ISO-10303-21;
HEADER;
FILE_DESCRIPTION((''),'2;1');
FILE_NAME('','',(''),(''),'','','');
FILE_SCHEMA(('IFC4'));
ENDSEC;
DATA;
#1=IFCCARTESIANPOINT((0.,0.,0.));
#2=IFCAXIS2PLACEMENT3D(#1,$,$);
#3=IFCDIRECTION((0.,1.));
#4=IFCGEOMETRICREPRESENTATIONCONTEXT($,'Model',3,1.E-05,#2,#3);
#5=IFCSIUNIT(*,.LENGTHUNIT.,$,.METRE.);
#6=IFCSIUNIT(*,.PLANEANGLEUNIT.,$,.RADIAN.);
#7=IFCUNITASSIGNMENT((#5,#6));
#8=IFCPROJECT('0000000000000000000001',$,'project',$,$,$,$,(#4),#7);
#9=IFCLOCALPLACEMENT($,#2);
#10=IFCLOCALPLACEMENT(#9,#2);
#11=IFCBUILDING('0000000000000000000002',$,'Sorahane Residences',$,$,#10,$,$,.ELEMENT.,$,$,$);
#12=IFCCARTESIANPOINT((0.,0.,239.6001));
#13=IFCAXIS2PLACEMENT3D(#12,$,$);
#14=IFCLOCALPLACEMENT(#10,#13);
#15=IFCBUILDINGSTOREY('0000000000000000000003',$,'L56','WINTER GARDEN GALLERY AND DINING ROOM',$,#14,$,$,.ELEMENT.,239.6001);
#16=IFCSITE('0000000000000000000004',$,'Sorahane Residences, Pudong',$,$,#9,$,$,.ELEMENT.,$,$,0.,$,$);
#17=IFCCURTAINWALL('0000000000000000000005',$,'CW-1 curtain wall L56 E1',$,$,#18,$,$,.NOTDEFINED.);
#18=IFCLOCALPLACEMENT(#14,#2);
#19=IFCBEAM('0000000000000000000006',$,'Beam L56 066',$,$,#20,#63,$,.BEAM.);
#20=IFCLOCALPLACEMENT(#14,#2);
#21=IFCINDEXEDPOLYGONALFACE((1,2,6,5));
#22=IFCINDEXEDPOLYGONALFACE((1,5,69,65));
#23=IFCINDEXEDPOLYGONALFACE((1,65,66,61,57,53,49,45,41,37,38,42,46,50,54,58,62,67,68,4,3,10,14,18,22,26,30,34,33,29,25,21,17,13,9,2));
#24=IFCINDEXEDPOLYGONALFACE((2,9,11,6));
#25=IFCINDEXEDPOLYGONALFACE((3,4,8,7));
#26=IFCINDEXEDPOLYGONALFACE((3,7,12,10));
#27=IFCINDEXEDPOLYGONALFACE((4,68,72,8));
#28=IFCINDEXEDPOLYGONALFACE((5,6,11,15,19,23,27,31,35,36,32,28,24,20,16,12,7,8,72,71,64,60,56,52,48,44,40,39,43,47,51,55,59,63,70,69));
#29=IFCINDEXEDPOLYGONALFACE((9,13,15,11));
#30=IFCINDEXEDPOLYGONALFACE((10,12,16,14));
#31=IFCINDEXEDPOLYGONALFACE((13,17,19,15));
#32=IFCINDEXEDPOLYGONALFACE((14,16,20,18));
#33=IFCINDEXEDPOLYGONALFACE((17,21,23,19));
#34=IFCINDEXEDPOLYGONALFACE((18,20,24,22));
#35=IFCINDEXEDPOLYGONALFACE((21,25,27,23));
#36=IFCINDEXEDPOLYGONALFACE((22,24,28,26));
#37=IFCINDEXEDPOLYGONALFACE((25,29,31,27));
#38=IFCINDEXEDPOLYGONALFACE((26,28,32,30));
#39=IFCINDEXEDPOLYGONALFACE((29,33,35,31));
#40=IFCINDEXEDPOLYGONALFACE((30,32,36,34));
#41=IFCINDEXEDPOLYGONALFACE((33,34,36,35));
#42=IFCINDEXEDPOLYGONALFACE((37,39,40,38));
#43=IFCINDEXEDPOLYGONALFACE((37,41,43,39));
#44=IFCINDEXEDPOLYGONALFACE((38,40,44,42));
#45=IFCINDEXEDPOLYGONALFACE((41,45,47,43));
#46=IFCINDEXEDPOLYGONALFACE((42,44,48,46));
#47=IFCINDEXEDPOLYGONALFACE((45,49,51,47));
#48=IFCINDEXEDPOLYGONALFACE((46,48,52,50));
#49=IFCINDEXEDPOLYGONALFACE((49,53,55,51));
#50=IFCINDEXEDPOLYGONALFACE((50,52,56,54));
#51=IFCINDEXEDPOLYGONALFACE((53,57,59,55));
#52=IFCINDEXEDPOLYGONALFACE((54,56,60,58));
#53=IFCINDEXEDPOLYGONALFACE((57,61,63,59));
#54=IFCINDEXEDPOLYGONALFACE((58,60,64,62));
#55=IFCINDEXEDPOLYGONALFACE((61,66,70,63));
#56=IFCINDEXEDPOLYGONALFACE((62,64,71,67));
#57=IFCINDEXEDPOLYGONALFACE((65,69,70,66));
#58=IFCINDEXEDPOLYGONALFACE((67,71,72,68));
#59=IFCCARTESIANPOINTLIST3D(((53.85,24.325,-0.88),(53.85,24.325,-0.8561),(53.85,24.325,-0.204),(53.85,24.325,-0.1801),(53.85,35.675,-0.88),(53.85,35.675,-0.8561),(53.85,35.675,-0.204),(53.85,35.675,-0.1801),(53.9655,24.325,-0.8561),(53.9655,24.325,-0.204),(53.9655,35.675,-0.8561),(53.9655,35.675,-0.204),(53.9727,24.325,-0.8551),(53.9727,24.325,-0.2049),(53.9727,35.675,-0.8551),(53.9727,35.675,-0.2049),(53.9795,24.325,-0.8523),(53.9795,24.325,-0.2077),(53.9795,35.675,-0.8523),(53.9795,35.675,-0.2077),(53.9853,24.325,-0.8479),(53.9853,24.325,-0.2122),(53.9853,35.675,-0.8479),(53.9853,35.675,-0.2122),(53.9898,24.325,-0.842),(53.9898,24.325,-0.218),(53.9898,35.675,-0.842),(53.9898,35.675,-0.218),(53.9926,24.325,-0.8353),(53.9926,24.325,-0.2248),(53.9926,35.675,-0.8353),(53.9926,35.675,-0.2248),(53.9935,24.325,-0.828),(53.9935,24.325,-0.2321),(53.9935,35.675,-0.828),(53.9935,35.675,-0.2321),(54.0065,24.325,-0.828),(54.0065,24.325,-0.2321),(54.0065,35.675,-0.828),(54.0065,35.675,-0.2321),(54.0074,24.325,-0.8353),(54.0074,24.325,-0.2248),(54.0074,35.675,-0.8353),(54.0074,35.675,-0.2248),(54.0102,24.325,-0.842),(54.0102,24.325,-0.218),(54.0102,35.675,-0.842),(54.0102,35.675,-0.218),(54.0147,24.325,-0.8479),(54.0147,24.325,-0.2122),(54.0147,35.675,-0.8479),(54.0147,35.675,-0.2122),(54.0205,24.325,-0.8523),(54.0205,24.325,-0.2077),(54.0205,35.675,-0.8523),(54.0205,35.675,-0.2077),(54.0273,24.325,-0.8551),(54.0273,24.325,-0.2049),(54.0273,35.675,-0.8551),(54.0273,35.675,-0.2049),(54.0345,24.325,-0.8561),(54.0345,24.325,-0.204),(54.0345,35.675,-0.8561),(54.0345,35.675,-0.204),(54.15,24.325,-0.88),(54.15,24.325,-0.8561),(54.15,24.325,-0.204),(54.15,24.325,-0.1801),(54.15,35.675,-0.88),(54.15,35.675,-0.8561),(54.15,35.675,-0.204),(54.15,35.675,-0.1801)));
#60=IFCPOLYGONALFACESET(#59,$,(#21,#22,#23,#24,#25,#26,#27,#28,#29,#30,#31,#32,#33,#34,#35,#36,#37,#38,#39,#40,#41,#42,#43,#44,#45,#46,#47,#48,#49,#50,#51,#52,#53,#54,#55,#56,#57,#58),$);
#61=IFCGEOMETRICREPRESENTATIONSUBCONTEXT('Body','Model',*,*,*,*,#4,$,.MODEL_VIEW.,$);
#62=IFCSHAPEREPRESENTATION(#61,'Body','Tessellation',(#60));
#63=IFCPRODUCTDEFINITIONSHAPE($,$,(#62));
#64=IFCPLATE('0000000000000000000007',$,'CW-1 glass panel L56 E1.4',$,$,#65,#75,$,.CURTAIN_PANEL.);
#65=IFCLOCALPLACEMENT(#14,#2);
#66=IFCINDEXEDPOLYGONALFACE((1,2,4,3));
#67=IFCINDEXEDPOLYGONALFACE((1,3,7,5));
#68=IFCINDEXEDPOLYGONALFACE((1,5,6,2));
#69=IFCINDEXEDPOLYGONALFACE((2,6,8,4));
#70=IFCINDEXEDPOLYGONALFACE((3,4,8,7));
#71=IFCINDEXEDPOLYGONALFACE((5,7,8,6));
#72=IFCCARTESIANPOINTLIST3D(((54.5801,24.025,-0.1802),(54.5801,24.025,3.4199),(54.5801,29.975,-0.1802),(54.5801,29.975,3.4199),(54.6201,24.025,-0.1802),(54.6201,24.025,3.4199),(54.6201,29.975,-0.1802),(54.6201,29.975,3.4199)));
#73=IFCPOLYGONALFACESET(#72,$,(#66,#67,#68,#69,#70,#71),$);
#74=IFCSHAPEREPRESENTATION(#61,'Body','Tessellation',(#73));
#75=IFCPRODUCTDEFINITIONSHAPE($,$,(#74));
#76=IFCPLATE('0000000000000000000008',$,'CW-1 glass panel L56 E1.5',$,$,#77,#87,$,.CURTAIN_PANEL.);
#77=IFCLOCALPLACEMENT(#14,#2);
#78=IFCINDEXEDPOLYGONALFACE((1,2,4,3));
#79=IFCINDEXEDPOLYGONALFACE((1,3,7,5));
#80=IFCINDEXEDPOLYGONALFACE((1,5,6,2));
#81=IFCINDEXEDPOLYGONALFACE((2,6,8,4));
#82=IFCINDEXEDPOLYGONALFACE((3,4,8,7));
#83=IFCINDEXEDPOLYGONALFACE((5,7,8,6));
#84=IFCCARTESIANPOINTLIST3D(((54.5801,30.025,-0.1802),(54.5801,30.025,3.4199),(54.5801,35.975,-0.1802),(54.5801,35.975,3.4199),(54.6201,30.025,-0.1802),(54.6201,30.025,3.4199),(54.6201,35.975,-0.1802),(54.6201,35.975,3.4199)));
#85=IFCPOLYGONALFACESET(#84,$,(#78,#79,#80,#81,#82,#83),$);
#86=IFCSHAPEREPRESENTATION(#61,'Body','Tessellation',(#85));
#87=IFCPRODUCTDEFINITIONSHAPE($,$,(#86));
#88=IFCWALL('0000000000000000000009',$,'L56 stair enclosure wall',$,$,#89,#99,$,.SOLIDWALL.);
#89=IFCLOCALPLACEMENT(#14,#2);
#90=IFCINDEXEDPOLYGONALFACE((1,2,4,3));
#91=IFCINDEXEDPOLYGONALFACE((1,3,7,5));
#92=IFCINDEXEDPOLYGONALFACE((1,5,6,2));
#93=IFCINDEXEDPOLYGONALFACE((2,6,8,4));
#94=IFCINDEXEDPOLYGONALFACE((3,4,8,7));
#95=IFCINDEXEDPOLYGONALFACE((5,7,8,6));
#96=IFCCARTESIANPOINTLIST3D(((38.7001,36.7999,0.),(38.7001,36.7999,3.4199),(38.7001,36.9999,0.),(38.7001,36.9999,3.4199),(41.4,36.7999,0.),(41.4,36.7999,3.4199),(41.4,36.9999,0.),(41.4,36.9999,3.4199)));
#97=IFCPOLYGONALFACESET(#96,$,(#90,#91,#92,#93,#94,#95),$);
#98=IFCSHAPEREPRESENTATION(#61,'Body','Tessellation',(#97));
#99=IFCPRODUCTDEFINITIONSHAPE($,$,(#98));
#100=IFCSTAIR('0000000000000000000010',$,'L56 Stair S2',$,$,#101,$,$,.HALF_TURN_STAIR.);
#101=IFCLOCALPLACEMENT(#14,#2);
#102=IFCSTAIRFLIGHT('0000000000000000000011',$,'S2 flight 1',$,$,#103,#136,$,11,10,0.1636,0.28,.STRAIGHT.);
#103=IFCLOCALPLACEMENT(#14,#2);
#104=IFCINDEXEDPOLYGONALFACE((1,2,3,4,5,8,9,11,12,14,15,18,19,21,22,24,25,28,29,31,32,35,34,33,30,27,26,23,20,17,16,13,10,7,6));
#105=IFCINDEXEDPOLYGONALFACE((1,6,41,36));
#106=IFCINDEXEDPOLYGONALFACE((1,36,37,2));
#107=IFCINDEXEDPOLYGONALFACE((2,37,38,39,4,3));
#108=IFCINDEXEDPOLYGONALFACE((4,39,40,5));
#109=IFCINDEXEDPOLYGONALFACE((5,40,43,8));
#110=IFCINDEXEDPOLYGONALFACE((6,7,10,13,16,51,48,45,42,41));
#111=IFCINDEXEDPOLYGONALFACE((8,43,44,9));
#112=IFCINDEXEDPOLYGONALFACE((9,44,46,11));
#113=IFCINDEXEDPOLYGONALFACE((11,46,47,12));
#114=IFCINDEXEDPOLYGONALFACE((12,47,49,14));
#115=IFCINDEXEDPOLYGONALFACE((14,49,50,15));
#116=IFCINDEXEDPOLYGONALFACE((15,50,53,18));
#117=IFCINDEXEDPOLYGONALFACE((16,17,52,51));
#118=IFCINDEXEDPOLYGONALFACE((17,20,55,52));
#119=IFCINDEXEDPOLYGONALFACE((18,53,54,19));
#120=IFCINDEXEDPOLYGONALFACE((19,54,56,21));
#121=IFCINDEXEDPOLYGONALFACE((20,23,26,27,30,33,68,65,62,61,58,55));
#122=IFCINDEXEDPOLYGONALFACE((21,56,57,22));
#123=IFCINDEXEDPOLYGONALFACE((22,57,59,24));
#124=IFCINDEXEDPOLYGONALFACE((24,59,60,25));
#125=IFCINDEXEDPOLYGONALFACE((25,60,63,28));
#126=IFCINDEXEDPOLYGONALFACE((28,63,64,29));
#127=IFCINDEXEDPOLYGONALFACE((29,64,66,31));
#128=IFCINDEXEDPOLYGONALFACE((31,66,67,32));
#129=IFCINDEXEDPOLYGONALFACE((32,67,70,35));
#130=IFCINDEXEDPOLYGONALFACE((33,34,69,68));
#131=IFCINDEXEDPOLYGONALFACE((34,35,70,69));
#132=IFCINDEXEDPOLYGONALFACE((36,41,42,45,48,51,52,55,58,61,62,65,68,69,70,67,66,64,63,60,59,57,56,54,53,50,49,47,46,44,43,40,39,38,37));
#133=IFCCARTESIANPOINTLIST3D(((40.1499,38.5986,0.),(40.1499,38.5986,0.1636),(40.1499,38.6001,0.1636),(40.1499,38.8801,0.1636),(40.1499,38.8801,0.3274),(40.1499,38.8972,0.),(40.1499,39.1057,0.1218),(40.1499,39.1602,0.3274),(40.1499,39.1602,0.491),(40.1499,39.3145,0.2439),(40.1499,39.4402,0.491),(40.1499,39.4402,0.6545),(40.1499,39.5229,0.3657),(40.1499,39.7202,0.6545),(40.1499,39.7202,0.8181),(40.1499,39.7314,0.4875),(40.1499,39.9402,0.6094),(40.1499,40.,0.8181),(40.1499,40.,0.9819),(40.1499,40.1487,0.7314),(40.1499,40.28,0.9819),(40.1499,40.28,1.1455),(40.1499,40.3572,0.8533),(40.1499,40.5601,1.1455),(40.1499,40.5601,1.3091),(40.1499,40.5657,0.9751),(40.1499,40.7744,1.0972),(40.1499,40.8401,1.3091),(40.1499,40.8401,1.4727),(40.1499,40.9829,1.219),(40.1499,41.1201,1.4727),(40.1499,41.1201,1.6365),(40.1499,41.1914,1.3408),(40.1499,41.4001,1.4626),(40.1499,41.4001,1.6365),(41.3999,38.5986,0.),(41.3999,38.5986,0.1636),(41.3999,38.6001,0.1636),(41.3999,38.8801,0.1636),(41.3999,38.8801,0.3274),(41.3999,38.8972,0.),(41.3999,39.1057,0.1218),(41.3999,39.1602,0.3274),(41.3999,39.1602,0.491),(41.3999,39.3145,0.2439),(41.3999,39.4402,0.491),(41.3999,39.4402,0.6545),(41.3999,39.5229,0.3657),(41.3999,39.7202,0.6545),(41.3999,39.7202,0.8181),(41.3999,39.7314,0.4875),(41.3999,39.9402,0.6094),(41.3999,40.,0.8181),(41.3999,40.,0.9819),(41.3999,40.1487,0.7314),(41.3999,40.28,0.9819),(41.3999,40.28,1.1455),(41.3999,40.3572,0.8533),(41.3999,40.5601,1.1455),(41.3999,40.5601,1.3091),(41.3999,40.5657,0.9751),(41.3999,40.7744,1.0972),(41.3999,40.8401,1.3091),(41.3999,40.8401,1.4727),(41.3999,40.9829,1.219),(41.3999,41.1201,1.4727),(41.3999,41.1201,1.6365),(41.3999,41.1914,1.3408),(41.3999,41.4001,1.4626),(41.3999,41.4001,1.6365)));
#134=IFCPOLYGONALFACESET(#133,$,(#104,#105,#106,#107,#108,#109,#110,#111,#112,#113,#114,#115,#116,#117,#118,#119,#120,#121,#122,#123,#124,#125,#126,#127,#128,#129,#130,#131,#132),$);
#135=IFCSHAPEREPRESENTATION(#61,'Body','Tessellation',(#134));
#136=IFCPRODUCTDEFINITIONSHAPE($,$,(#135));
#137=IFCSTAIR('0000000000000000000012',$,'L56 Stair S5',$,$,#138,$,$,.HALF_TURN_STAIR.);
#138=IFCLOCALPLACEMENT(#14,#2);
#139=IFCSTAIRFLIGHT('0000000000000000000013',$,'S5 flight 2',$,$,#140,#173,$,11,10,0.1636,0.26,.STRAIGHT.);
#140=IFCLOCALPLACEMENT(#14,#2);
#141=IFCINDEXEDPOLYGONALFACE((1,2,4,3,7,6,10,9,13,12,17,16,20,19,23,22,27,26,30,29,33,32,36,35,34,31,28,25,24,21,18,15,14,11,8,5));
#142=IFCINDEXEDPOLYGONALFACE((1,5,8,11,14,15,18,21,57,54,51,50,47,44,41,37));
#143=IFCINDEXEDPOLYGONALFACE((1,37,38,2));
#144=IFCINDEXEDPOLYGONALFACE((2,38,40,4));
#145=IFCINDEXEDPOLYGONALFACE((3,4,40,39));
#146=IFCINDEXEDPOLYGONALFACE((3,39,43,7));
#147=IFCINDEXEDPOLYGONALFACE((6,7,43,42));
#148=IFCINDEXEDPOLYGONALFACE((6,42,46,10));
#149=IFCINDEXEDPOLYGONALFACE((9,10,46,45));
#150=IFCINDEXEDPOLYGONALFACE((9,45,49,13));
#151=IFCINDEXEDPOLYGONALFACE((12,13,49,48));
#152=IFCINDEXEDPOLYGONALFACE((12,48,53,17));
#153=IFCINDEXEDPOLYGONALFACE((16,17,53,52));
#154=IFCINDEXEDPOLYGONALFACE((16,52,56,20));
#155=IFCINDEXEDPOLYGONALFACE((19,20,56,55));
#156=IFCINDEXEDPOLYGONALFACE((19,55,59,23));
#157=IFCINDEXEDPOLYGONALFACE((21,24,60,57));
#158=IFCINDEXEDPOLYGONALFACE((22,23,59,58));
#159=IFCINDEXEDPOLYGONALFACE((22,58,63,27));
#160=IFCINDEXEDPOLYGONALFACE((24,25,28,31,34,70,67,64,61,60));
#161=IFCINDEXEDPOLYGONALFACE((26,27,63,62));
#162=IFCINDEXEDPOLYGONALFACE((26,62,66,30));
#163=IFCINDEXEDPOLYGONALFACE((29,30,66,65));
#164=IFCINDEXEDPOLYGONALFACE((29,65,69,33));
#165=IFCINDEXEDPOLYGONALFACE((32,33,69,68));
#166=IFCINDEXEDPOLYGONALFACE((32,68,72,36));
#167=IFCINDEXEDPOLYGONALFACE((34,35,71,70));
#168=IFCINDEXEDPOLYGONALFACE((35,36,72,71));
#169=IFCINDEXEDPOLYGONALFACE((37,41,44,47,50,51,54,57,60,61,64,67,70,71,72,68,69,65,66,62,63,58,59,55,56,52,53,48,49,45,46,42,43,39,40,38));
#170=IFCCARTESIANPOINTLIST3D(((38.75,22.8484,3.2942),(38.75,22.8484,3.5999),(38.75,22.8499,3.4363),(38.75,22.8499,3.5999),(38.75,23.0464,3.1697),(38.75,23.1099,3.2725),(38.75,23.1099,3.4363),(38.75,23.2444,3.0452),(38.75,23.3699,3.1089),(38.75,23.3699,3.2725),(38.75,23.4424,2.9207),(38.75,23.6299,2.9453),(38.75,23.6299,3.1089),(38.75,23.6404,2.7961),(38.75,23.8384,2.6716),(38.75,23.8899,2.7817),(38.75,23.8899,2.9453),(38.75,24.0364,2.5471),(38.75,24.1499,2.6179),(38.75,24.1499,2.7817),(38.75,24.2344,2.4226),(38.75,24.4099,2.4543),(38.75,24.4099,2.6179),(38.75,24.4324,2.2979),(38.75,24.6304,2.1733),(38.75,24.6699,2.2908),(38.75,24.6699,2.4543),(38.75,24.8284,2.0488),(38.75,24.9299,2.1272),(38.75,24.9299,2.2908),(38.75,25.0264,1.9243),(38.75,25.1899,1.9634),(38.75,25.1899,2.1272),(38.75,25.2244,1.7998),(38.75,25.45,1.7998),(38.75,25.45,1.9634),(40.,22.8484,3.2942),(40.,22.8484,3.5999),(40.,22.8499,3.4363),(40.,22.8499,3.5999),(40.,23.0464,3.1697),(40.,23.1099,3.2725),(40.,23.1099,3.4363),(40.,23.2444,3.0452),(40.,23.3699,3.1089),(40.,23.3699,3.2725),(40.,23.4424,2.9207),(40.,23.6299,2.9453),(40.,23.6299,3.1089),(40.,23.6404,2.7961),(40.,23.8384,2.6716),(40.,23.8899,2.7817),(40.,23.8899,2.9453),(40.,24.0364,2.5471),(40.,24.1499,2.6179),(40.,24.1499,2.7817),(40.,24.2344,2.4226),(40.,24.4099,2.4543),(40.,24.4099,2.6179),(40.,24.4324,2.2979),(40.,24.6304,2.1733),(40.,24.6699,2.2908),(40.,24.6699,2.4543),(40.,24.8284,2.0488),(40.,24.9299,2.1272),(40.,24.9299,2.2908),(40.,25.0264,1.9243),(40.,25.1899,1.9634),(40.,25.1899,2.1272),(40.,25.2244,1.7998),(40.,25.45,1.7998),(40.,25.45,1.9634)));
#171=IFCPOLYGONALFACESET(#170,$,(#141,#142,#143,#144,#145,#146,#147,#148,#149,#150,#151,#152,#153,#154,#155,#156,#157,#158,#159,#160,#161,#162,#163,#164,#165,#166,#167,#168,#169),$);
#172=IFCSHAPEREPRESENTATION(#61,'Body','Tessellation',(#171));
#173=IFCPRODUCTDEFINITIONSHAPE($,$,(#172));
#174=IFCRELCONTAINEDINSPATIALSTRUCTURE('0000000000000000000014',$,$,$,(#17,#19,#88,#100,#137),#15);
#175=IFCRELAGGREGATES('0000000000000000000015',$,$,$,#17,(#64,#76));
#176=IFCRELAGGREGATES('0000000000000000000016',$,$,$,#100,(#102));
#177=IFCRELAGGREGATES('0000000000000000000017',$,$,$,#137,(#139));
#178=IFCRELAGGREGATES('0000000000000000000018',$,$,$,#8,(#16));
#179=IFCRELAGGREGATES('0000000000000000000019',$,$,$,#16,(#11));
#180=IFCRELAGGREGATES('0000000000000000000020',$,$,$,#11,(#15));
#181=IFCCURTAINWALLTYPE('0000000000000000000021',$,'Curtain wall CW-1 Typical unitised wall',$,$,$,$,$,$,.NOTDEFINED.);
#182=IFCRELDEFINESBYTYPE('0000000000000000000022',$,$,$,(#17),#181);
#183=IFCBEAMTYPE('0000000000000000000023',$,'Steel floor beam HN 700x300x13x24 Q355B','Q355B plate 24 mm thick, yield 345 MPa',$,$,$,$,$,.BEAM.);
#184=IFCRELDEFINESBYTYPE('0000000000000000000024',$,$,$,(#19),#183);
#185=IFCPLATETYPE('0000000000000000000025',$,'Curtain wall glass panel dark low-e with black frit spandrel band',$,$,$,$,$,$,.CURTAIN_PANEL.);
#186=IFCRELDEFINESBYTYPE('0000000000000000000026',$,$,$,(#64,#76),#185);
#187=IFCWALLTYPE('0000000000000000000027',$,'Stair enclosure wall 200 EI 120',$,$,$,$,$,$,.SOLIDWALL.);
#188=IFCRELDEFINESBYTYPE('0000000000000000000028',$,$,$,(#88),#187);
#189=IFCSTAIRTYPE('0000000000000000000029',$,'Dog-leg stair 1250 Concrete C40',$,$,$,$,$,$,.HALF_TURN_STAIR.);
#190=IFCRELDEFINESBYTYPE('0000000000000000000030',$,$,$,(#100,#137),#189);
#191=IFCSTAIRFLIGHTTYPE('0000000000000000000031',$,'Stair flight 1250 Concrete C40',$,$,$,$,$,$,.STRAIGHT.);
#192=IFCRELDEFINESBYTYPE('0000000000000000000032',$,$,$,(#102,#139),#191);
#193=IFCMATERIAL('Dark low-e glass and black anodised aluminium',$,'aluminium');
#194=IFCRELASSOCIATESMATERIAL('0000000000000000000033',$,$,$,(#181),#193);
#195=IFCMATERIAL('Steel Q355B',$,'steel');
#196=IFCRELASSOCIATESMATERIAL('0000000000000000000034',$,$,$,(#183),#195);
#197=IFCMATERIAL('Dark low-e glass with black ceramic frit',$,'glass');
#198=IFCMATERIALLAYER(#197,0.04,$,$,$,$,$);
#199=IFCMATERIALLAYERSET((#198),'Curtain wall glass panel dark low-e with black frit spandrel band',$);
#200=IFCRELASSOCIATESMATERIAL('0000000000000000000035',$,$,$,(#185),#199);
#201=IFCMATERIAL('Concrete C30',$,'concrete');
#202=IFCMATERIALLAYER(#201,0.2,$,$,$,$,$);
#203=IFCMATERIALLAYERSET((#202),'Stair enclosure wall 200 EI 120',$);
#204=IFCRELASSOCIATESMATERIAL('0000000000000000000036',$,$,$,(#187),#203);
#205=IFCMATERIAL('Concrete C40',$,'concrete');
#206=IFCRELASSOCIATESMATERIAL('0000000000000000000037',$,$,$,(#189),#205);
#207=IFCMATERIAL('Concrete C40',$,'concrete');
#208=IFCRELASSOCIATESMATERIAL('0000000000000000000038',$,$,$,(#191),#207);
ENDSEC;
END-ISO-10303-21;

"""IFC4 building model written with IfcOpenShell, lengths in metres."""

from ifc_helpers import new_model, si_unit, direction, frame, frame_2d, origin, origin_2d, place, context, subcontext, project, spatial, polyline, rectangle, i_section, outline, extrude, material, layer, layer_set, material_profile, profile_set, type_object, element, aggregate, save


model = new_model("IFC4")

# Units and contexts
model_context = context("Model", 3, precision=1e-05, world=origin(), true_north=direction((0.0, 1.0)))
body_context = subcontext(model_context, "Body", "Model", "MODEL_VIEW")
ifc_project = project(units=[si_unit("LENGTHUNIT", "METRE"), si_unit("PLANEANGLEUNIT", "RADIAN")], contexts=[model_context])

# Site, building, storey
site_placement = place(None, origin())
site = spatial("IfcSite", under=ifc_project, at=site_placement, Name="Sorahane Residences, Pudong", CompositionType="ELEMENT", RefElevation=0.0)
building_placement = place(site_placement, origin())
building = spatial("IfcBuilding", under=site, at=building_placement, Name="Sorahane Residences", CompositionType="ELEMENT")
storey_placement = place(building_placement, frame((0.0, 0.0, 239.6001)))
storey = spatial("IfcBuildingStorey", under=building, at=storey_placement, Name="L56", Description="WINTER GARDEN GALLERY AND DINING ROOM", CompositionType="ELEMENT", Elevation=239.6001)

# Curtain wall
ifc_material_1 = material(Name="Dark low-e glass and black anodised aluminium", Category="aluminium")
curtain_wall_type = type_object("IfcCurtainWallType", Name="Curtain wall CW-1 Typical unitised wall", PredefinedType="NOTDEFINED", material=ifc_material_1)
curtain_wall_placement = place(storey_placement, origin())
curtain_wall = element("IfcCurtainWall", 1, at=curtain_wall_placement, inside=storey, type_object=curtain_wall_type, Name="CW-1 curtain wall L56 E1", PredefinedType="NOTDEFINED")

# Beam
ifc_material_2 = material(Name="Steel Q355B", Category="steel")
ifc_material_profile_1 = material_profile(ifc_material_2, i_section(OverallWidth=0.3, OverallDepth=0.7, WebThickness=0.0129, FlangeThickness=0.0239, FilletRadius=0.0281, at=origin_2d()), Name="HN 700x300x13x24")
ifc_profile_set_1 = profile_set([ifc_material_profile_1], Name="Steel Q355B")
beam_type_1 = type_object("IfcBeamType", Name="Steel floor beam HN 700x300x13x24 Q355B", Description="Q355B plate 24 mm thick, yield 345 MPa", PredefinedType="BEAM", material=ifc_profile_set_1)
beam_1_placement = place(storey_placement, frame((54.0, 24.325, -0.53), z_axis=(0.0, 1.0, 0.0), x_axis=(-1.0, 0.0, 0.0)))
element("IfcBeam", 2, at=beam_1_placement, inside=storey, type_object=beam_type_1, Name="Beam L56 066", PredefinedType="BEAM", context=body_context, shape_type="SweptSolid", body=[
    extrude(i_section(OverallWidth=0.3, OverallDepth=0.7, WebThickness=0.0129, FlangeThickness=0.0239, FilletRadius=0.0281, at=origin_2d()), origin(), (0.0, 0.0, 1.0), 11.3501),
])

# Plates
ifc_material_3 = material(Name="Dark low-e glass with black ceramic frit", Category="glass")
ifc_layer_1 = layer(ifc_material_3, 0.04)
ifc_layer_set_1 = layer_set([ifc_layer_1], Name="Curtain wall glass panel dark low-e with black frit spandrel band")
plate_type = type_object("IfcPlateType", Name="Curtain wall glass panel dark low-e with black frit spandrel band", PredefinedType="CURTAIN_PANEL", material=ifc_layer_set_1)
plate_1_placement = place(storey_placement, frame((54.6001, 27.0, -0.1802), z_axis=(0.0, 0.0, 1.0), x_axis=(0.0, 1.0, 0.0)))
plate_1 = element("IfcPlate", 3, at=plate_1_placement, type_object=plate_type, Name="CW-1 glass panel L56 E1.4", PredefinedType="CURTAIN_PANEL", context=body_context, shape_type="SweptSolid", body=[
    extrude(rectangle(XDim=5.95, YDim=0.04, at=origin_2d()), origin(), (0.0, 0.0, 1.0), 3.6001),
])
plate_2_placement = place(storey_placement, frame((54.6001, 33.0, -0.1802), z_axis=(0.0, 0.0, 1.0), x_axis=(0.0, 1.0, 0.0)))
plate_2 = element("IfcPlate", 4, at=plate_2_placement, type_object=plate_type, Name="CW-1 glass panel L56 E1.5", PredefinedType="CURTAIN_PANEL", context=body_context, shape_type="SweptSolid", body=[
    extrude(rectangle(XDim=5.95, YDim=0.04, at=origin_2d()), origin(), (0.0, 0.0, 1.0), 3.6001),
])
aggregate(curtain_wall, [plate_1, plate_2])

# Wall
ifc_material_4 = material(Name="Concrete C30", Category="concrete")
ifc_layer_2 = layer(ifc_material_4, 0.2)
ifc_layer_set_2 = layer_set([ifc_layer_2], Name="Stair enclosure wall 200 EI 120")
wall_type = type_object("IfcWallType", Name="Stair enclosure wall 200 EI 120", PredefinedType="SOLIDWALL", material=ifc_layer_set_2)
wall_placement = place(storey_placement, frame((38.7, 36.8999, 0.0), z_axis=(0.0, 0.0, 1.0), x_axis=(1.0, 0.0, 0.0)))
element("IfcWall", 5, at=wall_placement, inside=storey, type_object=wall_type, Name="L56 stair enclosure wall", PredefinedType="SOLIDWALL", context=body_context, shape_type="SweptSolid", body=[
    extrude(rectangle(XDim=2.7, YDim=0.2, at=frame_2d((1.3501, 0.0))), origin(), (0.0, 0.0, 1.0), 3.4199),
])

# Stairs, stair flights
ifc_material_5 = material(Name="Concrete C40", Category="concrete")
stair_type = type_object("IfcStairType", Name="Dog-leg stair 1250 Concrete C40", PredefinedType="HALF_TURN_STAIR", material=ifc_material_5)
stair_1_placement = place(storey_placement, origin())
stair_1 = element("IfcStair", 6, at=stair_1_placement, inside=storey, type_object=stair_type, Name="L56 Stair S2", PredefinedType="HALF_TURN_STAIR")
ifc_material_6 = material(Name="Concrete C40", Category="concrete")
stair_flight_type = type_object("IfcStairFlightType", Name="Stair flight 1250 Concrete C40", PredefinedType="STRAIGHT", material=ifc_material_6)
stair_flight_1_placement = place(storey_placement, frame((40.7749, 38.6001, 0.0), z_axis=(0.0, 0.0, 1.0), x_axis=(0.0, 1.0, 0.0)))
stair_flight_1 = element("IfcStairFlight", 7, at=stair_flight_1_placement, type_object=stair_flight_type, Name="S2 flight 1", NumberOfRisers=11, NumberOfTreads=10, PredefinedType="STRAIGHT", RiserHeight=0.1636, TreadLength=0.28, context=body_context, shape_type="SweptSolid", body=[
    extrude(outline(polyline([(-0.0015, 0.0), (-0.0015, 0.1636), (0.0, 0.1636), (0.28, 0.1636), (0.28, 0.3274), (0.5601, 0.3274), (0.5601, 0.491), (0.8401, 0.491), (0.8401, 0.6545), (1.1201, 0.6545), (1.1201, 0.8181), (1.3999, 0.8181), (1.3999, 0.9819), (1.6799, 0.9819), (1.6799, 1.1455), (1.96, 1.1455), (1.96, 1.3091), (2.24, 1.3091), (2.24, 1.4727), (2.52, 1.4727), (2.52, 1.6365), (2.8, 1.6365), (2.8, 1.8), (2.8, 1.4626), (2.5913, 1.3408), (2.3828, 1.219), (2.1743, 1.0972), (1.9656, 0.9751), (1.7571, 0.8533), (1.5486, 0.7314), (1.3401, 0.6094), (1.1313, 0.4875), (0.9229, 0.3657), (0.7144, 0.2439), (0.5056, 0.1218), (0.2971, 0.0), (-0.0015, 0.0)])), frame((0.0, 0.625, 0.0), z_axis=(0.0, -1.0, 0.0), x_axis=(1.0, 0.0, 0.0)), (0.0, 0.0, 1.0), 1.25),
])
aggregate(stair_1, [stair_flight_1])
stair_2_placement = place(storey_placement, origin())
stair_2 = element("IfcStair", 8, at=stair_2_placement, inside=storey, type_object=stair_type, Name="L56 Stair S5", PredefinedType="HALF_TURN_STAIR")
stair_flight_2_placement = place(storey_placement, frame((39.375, 25.45, 1.7998), z_axis=(0.0, 0.0, 1.0), x_axis=(0.0, -1.0, 0.0)))
stair_flight_2 = element("IfcStairFlight", 9, at=stair_flight_2_placement, type_object=stair_flight_type, Name="S5 flight 2", NumberOfRisers=11, NumberOfTreads=10, PredefinedType="STRAIGHT", RiserHeight=0.1636, TreadLength=0.26, context=body_context, shape_type="SweptSolid", body=[
    extrude(outline(polyline([(0.0, 0.0), (0.0, 0.1636), (0.26, 0.1636), (0.26, 0.3274), (0.52, 0.3274), (0.52, 0.491), (0.78, 0.491), (0.78, 0.6545), (1.04, 0.6545), (1.04, 0.8181), (1.3, 0.8181), (1.3, 0.9819), (1.5601, 0.9819), (1.5601, 1.1455), (1.8201, 1.1455), (1.8201, 1.3091), (2.0801, 1.3091), (2.0801, 1.4727), (2.3401, 1.4727), (2.3401, 1.6365), (2.6001, 1.6365), (2.6001, 1.8), (2.6016, 1.8), (2.6016, 1.4944), (2.4036, 1.3699), (2.2056, 1.2454), (2.0076, 1.1208), (1.8096, 0.9963), (1.6116, 0.8718), (1.4136, 0.7473), (1.2156, 0.6228), (1.0176, 0.498), (0.8196, 0.3735), (0.6216, 0.249), (0.4236, 0.1245), (0.2256, 0.0), (0.0, 0.0)])), frame((0.0, 0.625, 0.0), z_axis=(0.0, -1.0, 0.0), x_axis=(1.0, 0.0, 0.0)), (0.0, 0.0, 1.0), 1.25),
])
aggregate(stair_2, [stair_flight_2])

save(model, "model.ifc")
